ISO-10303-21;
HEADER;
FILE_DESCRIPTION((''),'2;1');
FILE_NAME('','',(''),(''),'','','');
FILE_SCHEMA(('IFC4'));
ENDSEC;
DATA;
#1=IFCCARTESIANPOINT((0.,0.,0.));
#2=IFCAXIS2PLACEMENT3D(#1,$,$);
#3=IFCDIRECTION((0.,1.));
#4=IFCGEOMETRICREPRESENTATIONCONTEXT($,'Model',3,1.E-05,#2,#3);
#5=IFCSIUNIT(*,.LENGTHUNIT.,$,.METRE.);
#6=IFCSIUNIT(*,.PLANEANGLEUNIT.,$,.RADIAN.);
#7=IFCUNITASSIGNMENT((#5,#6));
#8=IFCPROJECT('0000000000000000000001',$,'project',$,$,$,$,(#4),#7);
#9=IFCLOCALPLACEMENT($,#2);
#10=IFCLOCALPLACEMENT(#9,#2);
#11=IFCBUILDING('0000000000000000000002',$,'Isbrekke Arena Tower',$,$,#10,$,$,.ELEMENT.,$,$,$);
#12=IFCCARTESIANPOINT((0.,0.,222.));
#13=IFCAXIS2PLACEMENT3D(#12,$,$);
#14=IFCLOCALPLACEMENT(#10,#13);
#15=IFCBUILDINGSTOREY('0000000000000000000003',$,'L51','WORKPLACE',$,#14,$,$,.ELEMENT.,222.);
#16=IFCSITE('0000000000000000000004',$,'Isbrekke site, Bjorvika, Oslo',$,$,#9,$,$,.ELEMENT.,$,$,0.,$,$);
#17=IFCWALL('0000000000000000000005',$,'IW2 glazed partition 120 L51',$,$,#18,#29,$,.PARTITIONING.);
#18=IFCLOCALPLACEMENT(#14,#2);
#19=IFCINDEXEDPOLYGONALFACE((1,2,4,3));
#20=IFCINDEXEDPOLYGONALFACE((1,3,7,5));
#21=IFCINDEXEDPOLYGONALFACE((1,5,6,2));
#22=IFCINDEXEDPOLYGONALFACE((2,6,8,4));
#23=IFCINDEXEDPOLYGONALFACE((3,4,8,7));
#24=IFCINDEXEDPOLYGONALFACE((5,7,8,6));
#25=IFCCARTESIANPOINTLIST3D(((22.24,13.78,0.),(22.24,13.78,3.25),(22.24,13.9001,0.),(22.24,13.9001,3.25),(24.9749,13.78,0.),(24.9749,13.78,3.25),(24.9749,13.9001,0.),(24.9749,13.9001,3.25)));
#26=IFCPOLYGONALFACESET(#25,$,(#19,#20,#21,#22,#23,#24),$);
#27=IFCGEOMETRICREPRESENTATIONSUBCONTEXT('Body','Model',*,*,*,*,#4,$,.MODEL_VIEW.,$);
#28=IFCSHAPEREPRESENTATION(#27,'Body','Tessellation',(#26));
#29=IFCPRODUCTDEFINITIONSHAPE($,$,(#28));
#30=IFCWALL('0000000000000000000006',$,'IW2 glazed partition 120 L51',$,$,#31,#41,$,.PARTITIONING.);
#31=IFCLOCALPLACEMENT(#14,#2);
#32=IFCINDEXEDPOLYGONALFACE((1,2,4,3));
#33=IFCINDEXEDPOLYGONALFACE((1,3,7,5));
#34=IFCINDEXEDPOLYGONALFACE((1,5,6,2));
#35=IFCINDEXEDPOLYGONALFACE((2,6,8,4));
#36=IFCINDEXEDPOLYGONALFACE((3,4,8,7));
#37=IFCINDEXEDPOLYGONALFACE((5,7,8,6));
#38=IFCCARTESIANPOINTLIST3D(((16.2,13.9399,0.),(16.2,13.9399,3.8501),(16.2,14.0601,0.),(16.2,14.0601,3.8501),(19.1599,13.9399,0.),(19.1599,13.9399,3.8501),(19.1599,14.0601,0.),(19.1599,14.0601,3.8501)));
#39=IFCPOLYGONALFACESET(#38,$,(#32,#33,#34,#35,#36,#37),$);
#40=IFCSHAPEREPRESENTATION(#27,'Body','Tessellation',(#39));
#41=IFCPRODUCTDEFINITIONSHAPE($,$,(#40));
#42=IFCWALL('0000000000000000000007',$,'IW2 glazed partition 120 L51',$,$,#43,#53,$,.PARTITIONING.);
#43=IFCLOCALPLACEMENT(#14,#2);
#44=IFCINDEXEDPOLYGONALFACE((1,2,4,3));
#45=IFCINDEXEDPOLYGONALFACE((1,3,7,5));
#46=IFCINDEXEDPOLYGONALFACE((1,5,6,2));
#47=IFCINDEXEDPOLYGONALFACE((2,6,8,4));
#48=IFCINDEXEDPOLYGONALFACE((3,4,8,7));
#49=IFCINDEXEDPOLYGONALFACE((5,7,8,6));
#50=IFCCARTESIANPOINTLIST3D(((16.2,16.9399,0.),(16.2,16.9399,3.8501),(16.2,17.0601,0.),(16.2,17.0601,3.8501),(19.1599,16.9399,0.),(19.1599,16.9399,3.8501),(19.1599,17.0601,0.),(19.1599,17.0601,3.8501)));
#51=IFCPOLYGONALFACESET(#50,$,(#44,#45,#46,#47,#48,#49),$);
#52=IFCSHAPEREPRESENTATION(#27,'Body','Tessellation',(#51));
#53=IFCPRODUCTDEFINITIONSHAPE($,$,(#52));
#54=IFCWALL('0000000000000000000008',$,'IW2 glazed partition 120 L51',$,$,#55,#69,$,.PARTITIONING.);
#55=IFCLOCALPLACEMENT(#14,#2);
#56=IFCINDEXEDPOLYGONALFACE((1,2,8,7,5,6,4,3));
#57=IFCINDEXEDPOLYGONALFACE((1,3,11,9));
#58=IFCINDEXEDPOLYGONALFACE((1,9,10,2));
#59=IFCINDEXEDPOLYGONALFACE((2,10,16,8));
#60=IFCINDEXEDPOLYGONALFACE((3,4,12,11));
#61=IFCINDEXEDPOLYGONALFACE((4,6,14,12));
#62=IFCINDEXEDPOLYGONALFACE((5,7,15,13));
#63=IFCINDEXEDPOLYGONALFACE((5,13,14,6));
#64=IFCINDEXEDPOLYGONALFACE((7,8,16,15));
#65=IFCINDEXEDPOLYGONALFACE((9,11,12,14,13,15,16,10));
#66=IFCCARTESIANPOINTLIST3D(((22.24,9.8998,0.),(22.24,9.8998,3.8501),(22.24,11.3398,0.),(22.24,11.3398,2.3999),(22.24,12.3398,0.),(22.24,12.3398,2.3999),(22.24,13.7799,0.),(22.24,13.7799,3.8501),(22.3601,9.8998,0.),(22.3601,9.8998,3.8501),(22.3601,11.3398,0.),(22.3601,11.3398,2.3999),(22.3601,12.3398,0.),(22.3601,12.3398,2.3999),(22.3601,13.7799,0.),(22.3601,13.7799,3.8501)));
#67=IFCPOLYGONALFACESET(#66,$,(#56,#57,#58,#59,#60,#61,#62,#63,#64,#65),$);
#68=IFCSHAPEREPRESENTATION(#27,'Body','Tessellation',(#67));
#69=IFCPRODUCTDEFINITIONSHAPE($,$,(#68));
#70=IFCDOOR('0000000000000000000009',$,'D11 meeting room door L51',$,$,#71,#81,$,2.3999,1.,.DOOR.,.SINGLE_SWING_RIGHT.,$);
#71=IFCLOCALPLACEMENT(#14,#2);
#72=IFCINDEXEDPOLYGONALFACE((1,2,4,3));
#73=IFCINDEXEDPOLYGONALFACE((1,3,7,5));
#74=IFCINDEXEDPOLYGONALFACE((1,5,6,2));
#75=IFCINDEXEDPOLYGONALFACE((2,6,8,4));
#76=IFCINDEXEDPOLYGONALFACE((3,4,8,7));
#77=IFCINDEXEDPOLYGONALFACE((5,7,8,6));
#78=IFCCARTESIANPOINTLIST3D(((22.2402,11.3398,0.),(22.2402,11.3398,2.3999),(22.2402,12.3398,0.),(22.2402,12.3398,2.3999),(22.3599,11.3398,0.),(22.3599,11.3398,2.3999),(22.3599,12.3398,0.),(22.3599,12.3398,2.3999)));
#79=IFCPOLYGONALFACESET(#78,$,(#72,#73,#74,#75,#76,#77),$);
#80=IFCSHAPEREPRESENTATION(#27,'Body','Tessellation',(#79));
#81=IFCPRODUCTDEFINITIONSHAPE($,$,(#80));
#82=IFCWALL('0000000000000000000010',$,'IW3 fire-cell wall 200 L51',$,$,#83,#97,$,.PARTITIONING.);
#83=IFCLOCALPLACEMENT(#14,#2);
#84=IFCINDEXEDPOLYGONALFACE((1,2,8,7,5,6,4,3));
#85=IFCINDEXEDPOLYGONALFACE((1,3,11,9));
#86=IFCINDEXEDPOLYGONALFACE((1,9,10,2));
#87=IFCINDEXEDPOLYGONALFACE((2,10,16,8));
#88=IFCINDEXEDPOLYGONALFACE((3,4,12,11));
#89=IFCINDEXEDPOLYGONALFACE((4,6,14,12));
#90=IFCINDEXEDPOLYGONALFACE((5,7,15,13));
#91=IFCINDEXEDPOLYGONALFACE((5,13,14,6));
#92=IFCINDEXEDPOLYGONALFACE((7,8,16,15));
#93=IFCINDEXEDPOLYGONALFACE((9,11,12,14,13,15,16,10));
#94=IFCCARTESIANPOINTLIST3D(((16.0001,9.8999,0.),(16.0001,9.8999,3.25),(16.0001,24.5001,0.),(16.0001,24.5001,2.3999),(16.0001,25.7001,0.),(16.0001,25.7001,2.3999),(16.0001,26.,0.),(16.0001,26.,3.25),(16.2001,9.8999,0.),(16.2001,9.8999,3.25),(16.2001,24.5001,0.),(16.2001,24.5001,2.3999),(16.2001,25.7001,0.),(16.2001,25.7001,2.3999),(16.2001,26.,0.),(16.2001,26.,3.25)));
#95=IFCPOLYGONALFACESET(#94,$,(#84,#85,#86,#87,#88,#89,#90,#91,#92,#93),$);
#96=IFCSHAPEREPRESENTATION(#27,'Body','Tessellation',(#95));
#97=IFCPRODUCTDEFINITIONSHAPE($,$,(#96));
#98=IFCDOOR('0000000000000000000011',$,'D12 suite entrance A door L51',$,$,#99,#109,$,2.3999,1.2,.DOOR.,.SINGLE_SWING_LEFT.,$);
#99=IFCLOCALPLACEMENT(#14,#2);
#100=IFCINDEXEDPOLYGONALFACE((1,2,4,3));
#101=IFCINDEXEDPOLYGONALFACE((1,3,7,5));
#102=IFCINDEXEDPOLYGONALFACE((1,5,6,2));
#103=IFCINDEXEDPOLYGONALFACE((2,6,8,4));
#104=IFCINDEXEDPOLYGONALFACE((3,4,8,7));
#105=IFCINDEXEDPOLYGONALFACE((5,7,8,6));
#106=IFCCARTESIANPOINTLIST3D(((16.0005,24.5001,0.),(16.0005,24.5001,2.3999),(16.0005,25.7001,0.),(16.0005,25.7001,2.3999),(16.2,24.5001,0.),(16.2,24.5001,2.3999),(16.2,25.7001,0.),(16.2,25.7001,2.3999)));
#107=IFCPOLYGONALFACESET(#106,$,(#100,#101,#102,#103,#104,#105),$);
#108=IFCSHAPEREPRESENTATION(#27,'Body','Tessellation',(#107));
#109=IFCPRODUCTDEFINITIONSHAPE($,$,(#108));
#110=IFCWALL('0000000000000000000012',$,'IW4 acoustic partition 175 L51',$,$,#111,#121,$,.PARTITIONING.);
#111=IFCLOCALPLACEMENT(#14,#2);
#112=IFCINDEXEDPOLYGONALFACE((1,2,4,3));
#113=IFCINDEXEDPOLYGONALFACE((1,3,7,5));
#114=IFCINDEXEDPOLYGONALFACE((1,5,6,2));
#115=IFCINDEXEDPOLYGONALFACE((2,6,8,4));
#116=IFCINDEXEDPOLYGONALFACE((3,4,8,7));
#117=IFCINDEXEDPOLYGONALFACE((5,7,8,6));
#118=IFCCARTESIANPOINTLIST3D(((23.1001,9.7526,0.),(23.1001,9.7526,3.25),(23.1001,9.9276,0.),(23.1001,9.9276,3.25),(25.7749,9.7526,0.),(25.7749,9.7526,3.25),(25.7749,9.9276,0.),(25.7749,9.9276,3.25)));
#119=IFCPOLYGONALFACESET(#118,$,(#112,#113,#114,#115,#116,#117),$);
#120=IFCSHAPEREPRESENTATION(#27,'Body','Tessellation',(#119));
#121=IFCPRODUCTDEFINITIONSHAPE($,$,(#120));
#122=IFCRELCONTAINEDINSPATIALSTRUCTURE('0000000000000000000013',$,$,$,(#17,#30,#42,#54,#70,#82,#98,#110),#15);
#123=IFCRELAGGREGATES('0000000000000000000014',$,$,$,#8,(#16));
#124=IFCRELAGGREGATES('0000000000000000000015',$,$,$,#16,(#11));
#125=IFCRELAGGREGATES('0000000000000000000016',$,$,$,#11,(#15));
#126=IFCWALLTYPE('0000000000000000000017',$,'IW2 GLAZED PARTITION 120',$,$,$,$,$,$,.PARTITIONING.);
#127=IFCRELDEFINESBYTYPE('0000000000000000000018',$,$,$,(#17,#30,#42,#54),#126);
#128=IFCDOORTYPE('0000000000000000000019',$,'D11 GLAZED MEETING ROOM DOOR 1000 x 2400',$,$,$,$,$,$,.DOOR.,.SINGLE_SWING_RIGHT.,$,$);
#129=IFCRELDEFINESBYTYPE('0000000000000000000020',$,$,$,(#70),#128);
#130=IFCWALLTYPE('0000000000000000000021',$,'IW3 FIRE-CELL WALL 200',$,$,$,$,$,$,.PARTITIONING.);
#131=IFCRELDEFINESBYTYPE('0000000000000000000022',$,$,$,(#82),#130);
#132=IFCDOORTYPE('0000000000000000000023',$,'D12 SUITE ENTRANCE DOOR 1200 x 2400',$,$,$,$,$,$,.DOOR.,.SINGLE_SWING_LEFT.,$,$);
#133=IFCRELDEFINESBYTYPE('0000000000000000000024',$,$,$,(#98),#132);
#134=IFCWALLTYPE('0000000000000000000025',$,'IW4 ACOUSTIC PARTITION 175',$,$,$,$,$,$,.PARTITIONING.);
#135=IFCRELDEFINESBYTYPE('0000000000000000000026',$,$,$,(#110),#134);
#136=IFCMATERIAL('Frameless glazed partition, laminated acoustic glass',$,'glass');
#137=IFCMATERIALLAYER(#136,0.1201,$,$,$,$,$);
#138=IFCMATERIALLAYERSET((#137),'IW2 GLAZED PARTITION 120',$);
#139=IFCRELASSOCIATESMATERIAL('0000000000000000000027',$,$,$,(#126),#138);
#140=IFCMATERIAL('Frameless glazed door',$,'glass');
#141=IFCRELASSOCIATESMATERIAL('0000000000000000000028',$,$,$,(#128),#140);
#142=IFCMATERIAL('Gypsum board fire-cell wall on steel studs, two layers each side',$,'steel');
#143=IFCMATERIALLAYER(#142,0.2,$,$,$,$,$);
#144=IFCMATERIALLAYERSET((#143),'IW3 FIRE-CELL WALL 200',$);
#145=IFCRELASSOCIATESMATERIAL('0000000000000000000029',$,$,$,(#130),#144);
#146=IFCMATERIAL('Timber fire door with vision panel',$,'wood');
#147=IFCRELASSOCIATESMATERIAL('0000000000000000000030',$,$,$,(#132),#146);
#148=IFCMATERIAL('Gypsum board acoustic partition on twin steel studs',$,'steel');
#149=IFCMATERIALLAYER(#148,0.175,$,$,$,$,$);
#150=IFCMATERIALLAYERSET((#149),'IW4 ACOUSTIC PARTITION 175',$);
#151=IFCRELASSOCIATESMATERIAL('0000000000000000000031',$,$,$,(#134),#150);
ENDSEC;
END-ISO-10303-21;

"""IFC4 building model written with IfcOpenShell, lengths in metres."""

from ifc_helpers import new_model, si_unit, direction, frame, frame_2d, origin, place, context, subcontext, project, spatial, rectangle, extrude, material, layer, layer_set, type_object, element, fill, save


model = new_model("IFC4")

# Units and contexts
model_context = context("Model", 3, precision=1e-05, world=origin(), true_north=direction((0.0, 1.0)))
body_context = subcontext(model_context, "Body", "Model", "MODEL_VIEW")
ifc_project = project(units=[si_unit("LENGTHUNIT", "METRE"), si_unit("PLANEANGLEUNIT", "RADIAN")], contexts=[model_context])

# Site, building, storey
site_placement = place(None, origin())
site = spatial("IfcSite", under=ifc_project, at=site_placement, Name="Isbrekke site, Bjorvika, Oslo", CompositionType="ELEMENT", RefElevation=0.0)
building_placement = place(site_placement, origin())
building = spatial("IfcBuilding", under=site, at=building_placement, Name="Isbrekke Arena Tower", CompositionType="ELEMENT")
storey_placement = place(building_placement, frame((0.0, 0.0, 222.0)))
storey = spatial("IfcBuildingStorey", under=building, at=storey_placement, Name="L51", Description="WORKPLACE", CompositionType="ELEMENT", Elevation=222.0)

# Walls
ifc_material_1 = material(Name="Frameless glazed partition, laminated acoustic glass", Category="glass")
ifc_layer_1 = layer(ifc_material_1, 0.1201)
ifc_layer_set_1 = layer_set([ifc_layer_1], Name="IW2 GLAZED PARTITION 120")
wall_type_1 = type_object("IfcWallType", Name="IW2 GLAZED PARTITION 120", PredefinedType="PARTITIONING", material=ifc_layer_set_1)
wall_1_placement = place(storey_placement, frame((22.24, 13.8401, 0.0), z_axis=(0.0, 0.0, 1.0), x_axis=(1.0, 0.0, 0.0)))
element("IfcWall", 1, at=wall_1_placement, inside=storey, type_object=wall_type_1, Name="IW2 glazed partition 120 L51", PredefinedType="PARTITIONING", context=body_context, shape_type="SweptSolid", body=[
    extrude(rectangle(XDim=2.7349, YDim=0.1201, at=frame_2d((1.3674, 0.0))), origin(), (0.0, 0.0, 1.0), 3.25),
])
for number, where, z_axis, x_axis, name in (
    (2, (16.2, 14.0, 0.0), (0.0, 0.0, 1.0), (1.0, 0.0, 0.0), "IW2 glazed partition 120 L51"),
    (3, (16.2, 17.0, 0.0), (0.0, 0.0, 1.0), (1.0, 0.0, 0.0), "IW2 glazed partition 120 L51"),
):
    element("IfcWall", number, at=place(storey_placement, frame(where, z_axis=z_axis, x_axis=x_axis)), inside=storey, type_object=wall_type_1, Name=name, PredefinedType="PARTITIONING", context=body_context, shape_type="SweptSolid", body=[
        extrude(rectangle(XDim=2.96, YDim=0.1201, at=frame_2d((1.48, 0.0))), origin(), (0.0, 0.0, 1.0), 3.8501),
    ])

# Walls, openings, doors
ifc_material_2 = material(Name="Frameless glazed door", Category="glass")
door_type_1 = type_object("IfcDoorType", Name="D11 GLAZED MEETING ROOM DOOR 1000 x 2400", OperationType="SINGLE_SWING_RIGHT", PredefinedType="DOOR", material=ifc_material_2)
wall_2_placement = place(storey_placement, frame((22.3, 9.8999, 0.0), z_axis=(0.0, 0.0, 1.0), x_axis=(0.0, 1.0, 0.0)))
wall_2 = element("IfcWall", 4, at=wall_2_placement, inside=storey, type_object=wall_type_1, Name="IW2 glazed partition 120 L51", PredefinedType="PARTITIONING", context=body_context, shape_type="SweptSolid", body=[
    extrude(rectangle(XDim=3.8801, YDim=0.1201, at=frame_2d((1.9399, 0.0))), origin(), (0.0, 0.0, 1.0), 3.8501),
])
opening_1_placement = place(wall_2_placement, frame((1.4399, 0.0, 0.0)))
opening_1 = element("IfcOpeningElement", 5, at=opening_1_placement, cuts=wall_2, PredefinedType="OPENING", context=body_context, shape_type="SweptSolid", body=[
    extrude(rectangle(XDim=1.0, YDim=2.3999, at=frame_2d((0.5, 1.2))), frame((0.0, 0.075, 0.0), z_axis=(0.0, -1.0, 0.0), x_axis=(1.0, 0.0, 0.0)), (0.0, 0.0, 1.0), 0.1499),
])
door_1_placement = place(opening_1_placement, origin())
door_1 = element("IfcDoor", 6, at=door_1_placement, inside=storey, type_object=door_type_1, Name="D11 meeting room door L51", OperationType="SINGLE_SWING_RIGHT", OverallHeight=2.3999, OverallWidth=1.0, PredefinedType="DOOR", context=body_context, shape_type="SweptSolid", body=[
    extrude(rectangle(XDim=1.0, YDim=2.3999, at=frame_2d((0.5, 1.2))), frame((0.0, 0.0598, 0.0), z_axis=(0.0, -1.0, 0.0), x_axis=(1.0, 0.0, 0.0)), (0.0, 0.0, 1.0), 0.1196),
])
fill(opening_1, door_1)
ifc_material_3 = material(Name="Gypsum board fire-cell wall on steel studs, two layers each side", Category="steel")
ifc_layer_2 = layer(ifc_material_3, 0.2)
ifc_layer_set_2 = layer_set([ifc_layer_2], Name="IW3 FIRE-CELL WALL 200")
wall_type_2 = type_object("IfcWallType", Name="IW3 FIRE-CELL WALL 200", PredefinedType="PARTITIONING", material=ifc_layer_set_2)
wall_3_placement = place(storey_placement, frame((16.1001, 9.8999, 0.0), z_axis=(0.0, 0.0, 1.0), x_axis=(0.0, 1.0, 0.0)))
wall_3 = element("IfcWall", 7, at=wall_3_placement, inside=storey, type_object=wall_type_2, Name="IW3 fire-cell wall 200 L51", PredefinedType="PARTITIONING", context=body_context, shape_type="SweptSolid", body=[
    extrude(rectangle(XDim=16.1001, YDim=0.2, at=frame_2d((8.05, 0.0))), origin(), (0.0, 0.0, 1.0), 3.25),
])
opening_2_placement = place(wall_3_placement, frame((14.6001, 0.0, 0.0)))
opening_2 = element("IfcOpeningElement", 8, at=opening_2_placement, cuts=wall_3, PredefinedType="OPENING", context=body_context, shape_type="SweptSolid", body=[
    extrude(rectangle(XDim=1.2, YDim=2.3999, at=frame_2d((0.6001, 1.2))), frame((0.0, 0.1147, 0.0), z_axis=(0.0, -1.0, 0.0), x_axis=(1.0, 0.0, 0.0)), (0.0, 0.0, 1.0), 0.2297),
])
ifc_material_4 = material(Name="Timber fire door with vision panel", Category="wood")
door_type_2 = type_object("IfcDoorType", Name="D12 SUITE ENTRANCE DOOR 1200 x 2400", OperationType="SINGLE_SWING_LEFT", PredefinedType="DOOR", material=ifc_material_4)
door_2_placement = place(opening_2_placement, origin())
door_2 = element("IfcDoor", 9, at=door_2_placement, inside=storey, type_object=door_type_2, Name="D12 suite entrance A door L51", OperationType="SINGLE_SWING_LEFT", OverallHeight=2.3999, OverallWidth=1.2, PredefinedType="DOOR", context=body_context, shape_type="SweptSolid", body=[
    extrude(rectangle(XDim=1.2, YDim=2.3999, at=frame_2d((0.6001, 1.2))), frame((0.0, 0.0996, 0.0), z_axis=(0.0, -1.0, 0.0), x_axis=(1.0, 0.0, 0.0)), (0.0, 0.0, 1.0), 0.1995),
])
fill(opening_2, door_2)

# Wall
ifc_material_5 = material(Name="Gypsum board acoustic partition on twin steel studs", Category="steel")
ifc_layer_3 = layer(ifc_material_5, 0.175)
ifc_layer_set_3 = layer_set([ifc_layer_3], Name="IW4 ACOUSTIC PARTITION 175")
wall_type_3 = type_object("IfcWallType", Name="IW4 ACOUSTIC PARTITION 175", PredefinedType="PARTITIONING", material=ifc_layer_set_3)
wall_4_placement = place(storey_placement, frame((23.1001, 9.8401, 0.0), z_axis=(0.0, 0.0, 1.0), x_axis=(1.0, 0.0, 0.0)))
element("IfcWall", 10, at=wall_4_placement, inside=storey, type_object=wall_type_3, Name="IW4 acoustic partition 175 L51", PredefinedType="PARTITIONING", context=body_context, shape_type="SweptSolid", body=[
    extrude(rectangle(XDim=2.6748, YDim=0.175, at=frame_2d((1.3374, 0.0))), origin(), (0.0, 0.0, 1.0), 3.25),
])

save(model, "model.ifc")
